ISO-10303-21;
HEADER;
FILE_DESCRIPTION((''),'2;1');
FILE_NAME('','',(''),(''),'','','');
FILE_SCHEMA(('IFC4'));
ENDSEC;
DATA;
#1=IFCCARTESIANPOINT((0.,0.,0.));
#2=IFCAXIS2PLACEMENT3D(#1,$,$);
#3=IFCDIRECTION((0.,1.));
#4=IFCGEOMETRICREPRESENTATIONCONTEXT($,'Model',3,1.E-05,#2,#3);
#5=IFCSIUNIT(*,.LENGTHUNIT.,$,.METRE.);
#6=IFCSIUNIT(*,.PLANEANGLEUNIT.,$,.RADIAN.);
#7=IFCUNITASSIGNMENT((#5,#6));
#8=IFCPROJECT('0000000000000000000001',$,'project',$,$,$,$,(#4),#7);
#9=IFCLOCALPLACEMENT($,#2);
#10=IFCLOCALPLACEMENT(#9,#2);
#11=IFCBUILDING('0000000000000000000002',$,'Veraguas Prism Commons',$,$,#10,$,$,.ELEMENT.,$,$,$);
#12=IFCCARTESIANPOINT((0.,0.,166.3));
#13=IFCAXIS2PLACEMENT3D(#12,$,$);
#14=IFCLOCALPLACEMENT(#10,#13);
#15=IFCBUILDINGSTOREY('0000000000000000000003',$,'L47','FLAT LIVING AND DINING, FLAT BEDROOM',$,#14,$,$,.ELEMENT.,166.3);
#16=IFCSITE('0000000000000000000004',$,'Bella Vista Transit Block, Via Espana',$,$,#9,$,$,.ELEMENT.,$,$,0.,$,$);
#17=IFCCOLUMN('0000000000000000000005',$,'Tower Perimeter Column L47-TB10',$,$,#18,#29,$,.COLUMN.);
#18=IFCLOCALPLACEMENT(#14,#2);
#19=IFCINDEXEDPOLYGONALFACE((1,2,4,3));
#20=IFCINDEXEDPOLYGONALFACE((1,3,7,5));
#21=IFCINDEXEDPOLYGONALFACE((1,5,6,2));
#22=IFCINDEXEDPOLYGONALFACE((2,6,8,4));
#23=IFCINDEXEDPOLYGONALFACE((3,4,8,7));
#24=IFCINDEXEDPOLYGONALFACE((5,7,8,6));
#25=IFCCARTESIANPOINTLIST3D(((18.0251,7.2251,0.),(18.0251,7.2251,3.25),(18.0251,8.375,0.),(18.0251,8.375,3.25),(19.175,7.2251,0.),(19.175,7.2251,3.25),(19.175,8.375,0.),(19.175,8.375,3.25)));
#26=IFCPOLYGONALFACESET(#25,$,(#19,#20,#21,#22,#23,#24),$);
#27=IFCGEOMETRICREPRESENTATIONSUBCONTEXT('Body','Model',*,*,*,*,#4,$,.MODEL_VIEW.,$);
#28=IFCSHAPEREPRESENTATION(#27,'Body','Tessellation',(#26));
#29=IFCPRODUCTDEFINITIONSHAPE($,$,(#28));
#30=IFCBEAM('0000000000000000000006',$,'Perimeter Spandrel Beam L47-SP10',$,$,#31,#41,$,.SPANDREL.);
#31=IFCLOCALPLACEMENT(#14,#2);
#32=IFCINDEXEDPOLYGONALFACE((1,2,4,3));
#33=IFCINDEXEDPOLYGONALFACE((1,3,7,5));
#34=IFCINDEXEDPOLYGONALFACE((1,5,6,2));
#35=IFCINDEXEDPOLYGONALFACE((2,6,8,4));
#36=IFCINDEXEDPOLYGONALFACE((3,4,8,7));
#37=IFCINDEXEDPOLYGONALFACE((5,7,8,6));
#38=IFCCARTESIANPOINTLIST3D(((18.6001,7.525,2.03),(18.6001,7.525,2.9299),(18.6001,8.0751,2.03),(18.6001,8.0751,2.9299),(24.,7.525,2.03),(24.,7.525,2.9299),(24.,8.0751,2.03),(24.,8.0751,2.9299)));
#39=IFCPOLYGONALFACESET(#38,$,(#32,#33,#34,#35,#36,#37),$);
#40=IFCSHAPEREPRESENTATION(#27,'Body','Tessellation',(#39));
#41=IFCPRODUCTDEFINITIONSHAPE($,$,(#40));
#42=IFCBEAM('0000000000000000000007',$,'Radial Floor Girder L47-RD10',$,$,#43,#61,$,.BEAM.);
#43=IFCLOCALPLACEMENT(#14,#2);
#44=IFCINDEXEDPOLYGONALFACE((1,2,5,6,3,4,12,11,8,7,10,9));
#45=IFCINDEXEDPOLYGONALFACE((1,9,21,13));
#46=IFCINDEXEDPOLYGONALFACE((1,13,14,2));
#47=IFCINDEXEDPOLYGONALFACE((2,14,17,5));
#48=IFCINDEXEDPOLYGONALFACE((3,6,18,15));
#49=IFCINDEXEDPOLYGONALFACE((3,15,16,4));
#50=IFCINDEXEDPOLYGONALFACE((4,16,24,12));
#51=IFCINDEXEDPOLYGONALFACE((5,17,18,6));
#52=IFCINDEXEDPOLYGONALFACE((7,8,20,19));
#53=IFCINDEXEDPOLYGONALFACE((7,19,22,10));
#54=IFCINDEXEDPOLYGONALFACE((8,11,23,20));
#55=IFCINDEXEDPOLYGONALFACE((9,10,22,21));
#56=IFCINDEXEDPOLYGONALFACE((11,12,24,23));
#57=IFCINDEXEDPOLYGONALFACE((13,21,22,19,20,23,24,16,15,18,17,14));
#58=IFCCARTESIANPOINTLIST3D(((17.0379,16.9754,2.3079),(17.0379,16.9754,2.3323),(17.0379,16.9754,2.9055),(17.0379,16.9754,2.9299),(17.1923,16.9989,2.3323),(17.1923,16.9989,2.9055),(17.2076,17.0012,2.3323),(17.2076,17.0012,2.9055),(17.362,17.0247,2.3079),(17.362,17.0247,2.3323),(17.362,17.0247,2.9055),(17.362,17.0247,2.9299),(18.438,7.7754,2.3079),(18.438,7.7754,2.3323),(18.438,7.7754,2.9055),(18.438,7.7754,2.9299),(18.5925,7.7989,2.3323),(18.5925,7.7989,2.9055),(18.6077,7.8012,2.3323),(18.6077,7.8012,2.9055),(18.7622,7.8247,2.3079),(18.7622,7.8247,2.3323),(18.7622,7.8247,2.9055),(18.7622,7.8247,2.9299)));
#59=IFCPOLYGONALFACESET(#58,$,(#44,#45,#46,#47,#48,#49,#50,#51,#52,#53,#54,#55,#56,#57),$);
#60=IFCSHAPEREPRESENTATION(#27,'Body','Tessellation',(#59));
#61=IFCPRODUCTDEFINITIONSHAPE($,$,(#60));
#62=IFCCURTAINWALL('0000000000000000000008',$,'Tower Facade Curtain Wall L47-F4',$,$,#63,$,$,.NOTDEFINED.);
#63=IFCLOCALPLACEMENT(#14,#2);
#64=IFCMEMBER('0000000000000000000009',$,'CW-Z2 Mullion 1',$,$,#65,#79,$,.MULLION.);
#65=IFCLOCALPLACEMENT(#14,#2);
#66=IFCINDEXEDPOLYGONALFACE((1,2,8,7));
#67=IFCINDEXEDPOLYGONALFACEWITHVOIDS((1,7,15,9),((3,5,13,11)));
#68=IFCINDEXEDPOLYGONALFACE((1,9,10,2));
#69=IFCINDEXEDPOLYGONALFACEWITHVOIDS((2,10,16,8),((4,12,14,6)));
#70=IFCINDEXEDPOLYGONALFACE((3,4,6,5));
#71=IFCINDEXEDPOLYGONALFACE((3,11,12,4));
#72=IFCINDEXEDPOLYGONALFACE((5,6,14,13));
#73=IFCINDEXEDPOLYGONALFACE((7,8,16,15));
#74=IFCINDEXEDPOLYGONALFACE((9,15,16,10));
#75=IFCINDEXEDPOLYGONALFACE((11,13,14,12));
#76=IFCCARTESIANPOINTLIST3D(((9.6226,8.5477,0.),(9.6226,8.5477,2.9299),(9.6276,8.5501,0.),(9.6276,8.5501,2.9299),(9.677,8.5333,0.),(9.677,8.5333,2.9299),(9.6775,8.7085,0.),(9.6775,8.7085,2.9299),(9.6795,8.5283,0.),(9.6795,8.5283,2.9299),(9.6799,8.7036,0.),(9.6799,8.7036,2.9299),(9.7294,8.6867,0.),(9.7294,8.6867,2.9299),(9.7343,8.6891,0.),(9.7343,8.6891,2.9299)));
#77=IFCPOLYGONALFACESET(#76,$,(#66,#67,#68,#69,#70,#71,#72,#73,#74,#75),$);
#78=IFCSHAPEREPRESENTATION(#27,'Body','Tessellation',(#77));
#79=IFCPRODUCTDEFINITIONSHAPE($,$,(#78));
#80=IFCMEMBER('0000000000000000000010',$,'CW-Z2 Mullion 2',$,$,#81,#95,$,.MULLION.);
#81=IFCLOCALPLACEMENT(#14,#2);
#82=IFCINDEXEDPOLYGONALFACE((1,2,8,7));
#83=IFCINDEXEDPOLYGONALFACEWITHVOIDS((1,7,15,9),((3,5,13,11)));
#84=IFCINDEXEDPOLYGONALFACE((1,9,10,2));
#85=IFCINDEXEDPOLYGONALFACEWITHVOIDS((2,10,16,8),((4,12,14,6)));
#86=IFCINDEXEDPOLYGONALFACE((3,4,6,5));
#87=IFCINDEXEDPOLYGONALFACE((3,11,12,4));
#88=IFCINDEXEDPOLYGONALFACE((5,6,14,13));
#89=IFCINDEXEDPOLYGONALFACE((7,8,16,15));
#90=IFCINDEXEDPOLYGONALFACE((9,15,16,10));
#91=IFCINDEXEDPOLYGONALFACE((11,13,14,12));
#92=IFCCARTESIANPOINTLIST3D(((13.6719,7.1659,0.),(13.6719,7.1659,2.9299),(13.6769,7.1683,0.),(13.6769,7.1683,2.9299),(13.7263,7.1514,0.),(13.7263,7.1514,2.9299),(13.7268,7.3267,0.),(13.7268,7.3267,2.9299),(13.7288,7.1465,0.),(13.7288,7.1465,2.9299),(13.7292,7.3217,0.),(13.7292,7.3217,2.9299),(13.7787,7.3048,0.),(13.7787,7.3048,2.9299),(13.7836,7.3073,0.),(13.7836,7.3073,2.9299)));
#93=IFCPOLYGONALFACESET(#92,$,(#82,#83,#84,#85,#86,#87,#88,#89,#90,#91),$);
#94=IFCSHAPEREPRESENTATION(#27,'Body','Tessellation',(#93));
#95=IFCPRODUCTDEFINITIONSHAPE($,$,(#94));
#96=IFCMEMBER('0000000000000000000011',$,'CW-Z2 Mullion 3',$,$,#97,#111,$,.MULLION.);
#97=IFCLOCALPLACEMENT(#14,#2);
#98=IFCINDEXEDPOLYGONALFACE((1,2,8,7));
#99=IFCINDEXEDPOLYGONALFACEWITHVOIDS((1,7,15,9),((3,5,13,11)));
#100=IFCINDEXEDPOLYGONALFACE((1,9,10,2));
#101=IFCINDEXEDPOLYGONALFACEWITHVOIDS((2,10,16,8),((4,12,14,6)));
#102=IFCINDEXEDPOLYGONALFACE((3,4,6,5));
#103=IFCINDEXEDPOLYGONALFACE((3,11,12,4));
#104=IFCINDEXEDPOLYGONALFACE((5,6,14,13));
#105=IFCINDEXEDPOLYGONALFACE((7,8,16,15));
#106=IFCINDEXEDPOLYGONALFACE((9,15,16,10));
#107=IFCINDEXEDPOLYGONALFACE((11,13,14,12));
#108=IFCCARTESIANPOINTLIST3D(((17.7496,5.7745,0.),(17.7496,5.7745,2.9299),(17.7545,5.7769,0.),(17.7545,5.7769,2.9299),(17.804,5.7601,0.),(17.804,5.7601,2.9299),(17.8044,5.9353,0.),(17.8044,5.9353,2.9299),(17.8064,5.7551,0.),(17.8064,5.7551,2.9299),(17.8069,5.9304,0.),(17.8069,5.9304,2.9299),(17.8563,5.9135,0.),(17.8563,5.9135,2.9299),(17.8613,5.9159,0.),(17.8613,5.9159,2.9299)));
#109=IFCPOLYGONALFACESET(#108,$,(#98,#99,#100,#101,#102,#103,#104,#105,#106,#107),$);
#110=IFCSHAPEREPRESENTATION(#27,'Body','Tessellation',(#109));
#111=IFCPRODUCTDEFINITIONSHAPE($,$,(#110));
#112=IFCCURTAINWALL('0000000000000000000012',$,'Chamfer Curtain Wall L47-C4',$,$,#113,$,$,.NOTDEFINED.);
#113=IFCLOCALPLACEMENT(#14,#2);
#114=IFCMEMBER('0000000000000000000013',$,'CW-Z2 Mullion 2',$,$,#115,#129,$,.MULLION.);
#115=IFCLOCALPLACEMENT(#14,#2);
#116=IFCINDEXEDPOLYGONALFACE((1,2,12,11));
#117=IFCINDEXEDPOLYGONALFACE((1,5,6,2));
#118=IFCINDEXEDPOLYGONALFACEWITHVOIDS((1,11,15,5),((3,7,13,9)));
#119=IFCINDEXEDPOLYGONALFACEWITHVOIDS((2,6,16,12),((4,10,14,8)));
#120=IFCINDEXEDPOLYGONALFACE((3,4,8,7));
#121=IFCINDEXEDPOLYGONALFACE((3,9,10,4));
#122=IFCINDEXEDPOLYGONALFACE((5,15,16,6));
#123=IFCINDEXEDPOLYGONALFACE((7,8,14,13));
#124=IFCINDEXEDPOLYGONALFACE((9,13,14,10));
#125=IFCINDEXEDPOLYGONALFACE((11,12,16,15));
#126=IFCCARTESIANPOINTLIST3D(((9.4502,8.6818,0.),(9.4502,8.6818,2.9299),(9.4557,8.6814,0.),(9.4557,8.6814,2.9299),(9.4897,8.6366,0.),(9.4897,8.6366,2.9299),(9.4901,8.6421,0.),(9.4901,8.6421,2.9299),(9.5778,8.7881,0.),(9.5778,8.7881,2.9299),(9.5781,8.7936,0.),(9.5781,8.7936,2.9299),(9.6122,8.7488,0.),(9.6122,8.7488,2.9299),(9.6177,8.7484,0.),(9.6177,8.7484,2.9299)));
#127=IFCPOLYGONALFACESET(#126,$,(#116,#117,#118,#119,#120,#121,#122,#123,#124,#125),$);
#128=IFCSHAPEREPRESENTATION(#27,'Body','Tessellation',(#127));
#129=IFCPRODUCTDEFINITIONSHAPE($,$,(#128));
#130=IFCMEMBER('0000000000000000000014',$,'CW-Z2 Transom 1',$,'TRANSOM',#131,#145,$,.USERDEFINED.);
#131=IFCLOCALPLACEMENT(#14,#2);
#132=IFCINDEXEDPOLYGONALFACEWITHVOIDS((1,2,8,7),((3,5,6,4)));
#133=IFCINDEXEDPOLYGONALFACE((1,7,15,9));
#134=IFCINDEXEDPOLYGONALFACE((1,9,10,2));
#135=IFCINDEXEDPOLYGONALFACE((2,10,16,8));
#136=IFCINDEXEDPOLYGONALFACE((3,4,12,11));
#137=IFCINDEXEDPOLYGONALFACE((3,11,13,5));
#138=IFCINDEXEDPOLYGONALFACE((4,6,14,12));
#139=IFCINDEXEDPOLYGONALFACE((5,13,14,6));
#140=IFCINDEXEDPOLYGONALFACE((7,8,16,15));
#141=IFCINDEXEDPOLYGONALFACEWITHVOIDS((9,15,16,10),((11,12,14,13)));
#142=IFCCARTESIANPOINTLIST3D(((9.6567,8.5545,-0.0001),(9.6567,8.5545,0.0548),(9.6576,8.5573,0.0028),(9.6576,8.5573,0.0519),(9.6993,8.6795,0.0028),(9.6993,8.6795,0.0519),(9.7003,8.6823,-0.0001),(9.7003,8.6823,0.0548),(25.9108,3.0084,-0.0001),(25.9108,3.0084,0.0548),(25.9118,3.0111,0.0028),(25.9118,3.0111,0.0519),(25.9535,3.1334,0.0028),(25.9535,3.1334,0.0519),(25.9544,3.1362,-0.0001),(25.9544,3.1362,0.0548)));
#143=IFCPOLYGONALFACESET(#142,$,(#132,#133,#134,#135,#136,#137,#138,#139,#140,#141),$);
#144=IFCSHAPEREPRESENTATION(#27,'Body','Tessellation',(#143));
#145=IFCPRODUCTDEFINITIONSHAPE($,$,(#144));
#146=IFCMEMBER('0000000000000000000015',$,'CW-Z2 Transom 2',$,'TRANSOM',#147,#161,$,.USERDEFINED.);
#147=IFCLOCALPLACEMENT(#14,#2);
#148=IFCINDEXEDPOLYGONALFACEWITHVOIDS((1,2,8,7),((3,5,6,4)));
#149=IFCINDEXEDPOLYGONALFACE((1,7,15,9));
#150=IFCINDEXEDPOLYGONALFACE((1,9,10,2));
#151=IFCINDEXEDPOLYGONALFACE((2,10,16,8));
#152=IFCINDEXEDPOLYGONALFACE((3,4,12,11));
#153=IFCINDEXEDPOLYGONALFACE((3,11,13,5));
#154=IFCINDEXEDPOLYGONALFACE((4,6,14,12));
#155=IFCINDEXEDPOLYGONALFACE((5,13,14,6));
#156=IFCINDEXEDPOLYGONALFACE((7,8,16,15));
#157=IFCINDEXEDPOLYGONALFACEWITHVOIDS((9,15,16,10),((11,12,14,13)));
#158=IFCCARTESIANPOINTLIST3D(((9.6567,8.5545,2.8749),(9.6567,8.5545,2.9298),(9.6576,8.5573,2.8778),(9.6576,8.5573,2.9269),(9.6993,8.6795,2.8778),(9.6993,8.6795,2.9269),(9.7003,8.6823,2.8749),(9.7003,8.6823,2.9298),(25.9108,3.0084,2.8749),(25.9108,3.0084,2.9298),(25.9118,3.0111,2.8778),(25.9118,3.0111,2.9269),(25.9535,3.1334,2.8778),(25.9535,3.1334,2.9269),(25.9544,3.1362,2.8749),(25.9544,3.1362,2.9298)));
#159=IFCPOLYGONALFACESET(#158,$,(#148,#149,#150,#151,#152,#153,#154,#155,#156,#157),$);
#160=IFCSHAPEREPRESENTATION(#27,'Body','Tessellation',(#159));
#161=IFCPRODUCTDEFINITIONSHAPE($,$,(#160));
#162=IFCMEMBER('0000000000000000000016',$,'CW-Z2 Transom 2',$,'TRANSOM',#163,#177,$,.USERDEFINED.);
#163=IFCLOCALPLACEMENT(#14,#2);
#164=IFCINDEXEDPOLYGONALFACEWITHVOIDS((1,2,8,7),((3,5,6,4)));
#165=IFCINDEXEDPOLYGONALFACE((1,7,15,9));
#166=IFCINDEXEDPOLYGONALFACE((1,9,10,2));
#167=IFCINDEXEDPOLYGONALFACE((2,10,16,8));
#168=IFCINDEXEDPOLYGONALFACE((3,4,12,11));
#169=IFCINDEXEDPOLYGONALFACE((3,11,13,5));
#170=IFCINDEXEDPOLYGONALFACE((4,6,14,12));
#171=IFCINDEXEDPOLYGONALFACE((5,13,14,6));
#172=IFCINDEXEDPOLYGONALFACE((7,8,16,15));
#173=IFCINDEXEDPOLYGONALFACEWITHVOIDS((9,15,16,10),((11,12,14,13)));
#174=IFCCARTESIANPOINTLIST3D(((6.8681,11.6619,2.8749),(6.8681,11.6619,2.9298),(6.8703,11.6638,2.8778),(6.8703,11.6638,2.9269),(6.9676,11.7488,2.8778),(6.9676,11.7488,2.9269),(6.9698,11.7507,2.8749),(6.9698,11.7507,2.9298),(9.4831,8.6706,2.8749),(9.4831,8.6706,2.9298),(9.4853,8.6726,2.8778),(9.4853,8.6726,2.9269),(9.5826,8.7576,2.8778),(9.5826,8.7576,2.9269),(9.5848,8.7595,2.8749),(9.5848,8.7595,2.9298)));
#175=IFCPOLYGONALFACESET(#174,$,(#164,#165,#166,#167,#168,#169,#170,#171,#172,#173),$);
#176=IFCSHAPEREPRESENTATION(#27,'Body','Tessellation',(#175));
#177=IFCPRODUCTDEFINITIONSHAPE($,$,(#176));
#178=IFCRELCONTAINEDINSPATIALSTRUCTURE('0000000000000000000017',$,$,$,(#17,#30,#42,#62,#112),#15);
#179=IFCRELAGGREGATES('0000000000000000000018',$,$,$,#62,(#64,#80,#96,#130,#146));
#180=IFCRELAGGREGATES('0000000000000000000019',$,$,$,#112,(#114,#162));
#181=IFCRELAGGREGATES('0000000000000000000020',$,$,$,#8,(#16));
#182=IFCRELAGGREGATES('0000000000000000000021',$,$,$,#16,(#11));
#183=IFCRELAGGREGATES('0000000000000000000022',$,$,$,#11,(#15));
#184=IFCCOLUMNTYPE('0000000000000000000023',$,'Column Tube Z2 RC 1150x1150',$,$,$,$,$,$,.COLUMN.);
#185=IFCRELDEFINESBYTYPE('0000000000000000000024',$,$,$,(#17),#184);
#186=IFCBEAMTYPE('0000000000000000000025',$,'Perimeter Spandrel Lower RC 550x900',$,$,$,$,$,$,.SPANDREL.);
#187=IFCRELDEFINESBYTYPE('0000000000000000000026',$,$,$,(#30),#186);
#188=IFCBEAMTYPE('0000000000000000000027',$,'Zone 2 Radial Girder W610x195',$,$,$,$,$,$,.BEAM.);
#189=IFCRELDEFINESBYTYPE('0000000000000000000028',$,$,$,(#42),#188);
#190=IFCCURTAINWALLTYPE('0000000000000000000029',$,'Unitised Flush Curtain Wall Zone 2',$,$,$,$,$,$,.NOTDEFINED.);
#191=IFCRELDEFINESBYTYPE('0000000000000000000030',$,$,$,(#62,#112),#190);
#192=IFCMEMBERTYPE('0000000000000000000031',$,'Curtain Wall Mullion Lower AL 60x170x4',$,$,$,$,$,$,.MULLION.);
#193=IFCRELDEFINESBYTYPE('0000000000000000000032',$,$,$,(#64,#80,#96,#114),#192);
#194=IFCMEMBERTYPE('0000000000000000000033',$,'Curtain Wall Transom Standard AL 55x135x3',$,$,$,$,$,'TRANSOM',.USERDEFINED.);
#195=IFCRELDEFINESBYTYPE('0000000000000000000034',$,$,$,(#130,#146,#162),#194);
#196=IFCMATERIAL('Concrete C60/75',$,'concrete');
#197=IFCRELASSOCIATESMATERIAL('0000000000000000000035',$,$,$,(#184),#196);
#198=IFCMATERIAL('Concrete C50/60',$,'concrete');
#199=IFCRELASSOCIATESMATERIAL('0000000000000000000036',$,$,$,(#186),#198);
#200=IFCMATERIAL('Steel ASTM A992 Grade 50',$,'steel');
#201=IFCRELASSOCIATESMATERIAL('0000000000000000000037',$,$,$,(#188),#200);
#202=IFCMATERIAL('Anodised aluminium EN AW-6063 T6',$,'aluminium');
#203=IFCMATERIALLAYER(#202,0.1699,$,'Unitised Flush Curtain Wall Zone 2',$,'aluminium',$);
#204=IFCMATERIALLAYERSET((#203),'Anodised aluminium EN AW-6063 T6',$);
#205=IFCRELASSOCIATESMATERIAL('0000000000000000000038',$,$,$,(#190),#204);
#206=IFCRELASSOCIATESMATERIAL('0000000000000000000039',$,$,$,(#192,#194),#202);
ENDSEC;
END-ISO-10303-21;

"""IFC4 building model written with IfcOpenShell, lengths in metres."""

from ifc_helpers import new_model, si_unit, direction, frame, origin, origin_2d, place, context, subcontext, project, spatial, rectangle, hollow_rectangle, i_section, extrude, source, transform, mapped, material, layer, layer_set, material_profile, profile_set, type_object, element, aggregate, save


model = new_model("IFC4")

# Units and contexts
model_context = context("Model", 3, precision=1e-05, world=origin(), true_north=direction((0.0, 1.0)))
body_context = subcontext(model_context, "Body", "Model", "MODEL_VIEW")
ifc_project = project(units=[si_unit("LENGTHUNIT", "METRE"), si_unit("PLANEANGLEUNIT", "RADIAN")], contexts=[model_context])

# Site, building, storey
site_placement = place(None, origin())
site = spatial("IfcSite", under=ifc_project, at=site_placement, Name="Bella Vista Transit Block, Via Espana", CompositionType="ELEMENT", RefElevation=0.0)
building_placement = place(site_placement, origin())
building = spatial("IfcBuilding", under=site, at=building_placement, Name="Veraguas Prism Commons", CompositionType="ELEMENT")
storey_placement = place(building_placement, frame((0.0, 0.0, 166.3)))
storey = spatial("IfcBuildingStorey", under=building, at=storey_placement, Name="L47", Description="FLAT LIVING AND DINING, FLAT BEDROOM", CompositionType="ELEMENT", Elevation=166.3)

# Column
ifc_material_1 = material(Name="Concrete C60/75", Category="concrete")
ifc_material_profile_1 = material_profile(ifc_material_1, rectangle(XDim=1.1499, YDim=1.1499, at=origin_2d()), Name="RC1150X1150")
ifc_profile_set_1 = profile_set([ifc_material_profile_1], Name="Concrete C60/75")
column_type = type_object("IfcColumnType", Name="Column Tube Z2 RC 1150x1150", PredefinedType="COLUMN", material=ifc_profile_set_1)
column_placement = place(storey_placement, frame((18.6001, 7.8, 0.0), z_axis=(0.0, 0.0, 1.0), x_axis=(1.0, 0.0, 0.0)))
element("IfcColumn", 1, at=column_placement, inside=storey, type_object=column_type, Name="Tower Perimeter Column L47-TB10", PredefinedType="COLUMN", context=body_context, shape_type="SweptSolid", body=[
    extrude(rectangle(XDim=1.1499, YDim=1.1499, at=origin_2d()), origin(), (0.0, 0.0, 1.0), 3.25),
])

# Beams
ifc_material_2 = material(Name="Concrete C50/60", Category="concrete")
ifc_material_profile_2 = material_profile(ifc_material_2, rectangle(XDim=0.55, YDim=0.8999, at=origin_2d()), Name="RC550X900")
ifc_profile_set_2 = profile_set([ifc_material_profile_2], Name="Concrete C50/60")
beam_type_1 = type_object("IfcBeamType", Name="Perimeter Spandrel Lower RC 550x900", PredefinedType="SPANDREL", material=ifc_profile_set_2)
beam_1_placement = place(storey_placement, frame((18.6001, 7.8, 2.48), z_axis=(1.0, 0.0, 0.0), x_axis=(0.0, 1.0, 0.0)))
element("IfcBeam", 2, at=beam_1_placement, inside=storey, type_object=beam_type_1, Name="Perimeter Spandrel Beam L47-SP10", PredefinedType="SPANDREL", context=body_context, shape_type="SweptSolid", body=[
    extrude(rectangle(XDim=0.55, YDim=0.8999, at=origin_2d()), origin(), (0.0, 0.0, 1.0), 5.3999),
])
ifc_material_3 = material(Name="Steel ASTM A992 Grade 50", Category="steel")
ifc_material_profile_3 = material_profile(ifc_material_3, i_section(OverallWidth=0.3279, OverallDepth=0.6221, WebThickness=0.0154, FlangeThickness=0.0244, at=origin_2d()), Name="W610X195")
ifc_profile_set_3 = profile_set([ifc_material_profile_3], Name="Steel ASTM A992 Grade 50")
beam_type_2 = type_object("IfcBeamType", Name="Zone 2 Radial Girder W610x195", PredefinedType="BEAM", material=ifc_profile_set_3)
beam_2_placement = place(storey_placement, frame((18.6001, 7.8, 2.6189), z_axis=(-0.150458, 0.988616, 0.0), x_axis=(-0.988616, -0.150458, 0.0)))
element("IfcBeam", 3, at=beam_2_placement, inside=storey, type_object=beam_type_2, Name="Radial Floor Girder L47-RD10", PredefinedType="BEAM", context=body_context, shape_type="SweptSolid", body=[
    extrude(i_section(OverallWidth=0.3279, OverallDepth=0.6221, WebThickness=0.0154, FlangeThickness=0.0244, at=origin_2d()), origin(), (0.0, 0.0, 1.0), 9.3059),
])

# Curtain wall, members
ifc_material_4 = material(Name="Anodised aluminium EN AW-6063 T6", Category="aluminium")
ifc_layer_1 = layer(ifc_material_4, 0.1699, Name="Unitised Flush Curtain Wall Zone 2", Category="aluminium")
ifc_layer_set_1 = layer_set([ifc_layer_1], Name="Anodised aluminium EN AW-6063 T6")
curtain_wall_type = type_object("IfcCurtainWallType", Name="Unitised Flush Curtain Wall Zone 2", PredefinedType="NOTDEFINED", material=ifc_layer_set_1)
curtain_wall_1_placement = place(storey_placement, origin())
curtain_wall_1 = element("IfcCurtainWall", 4, at=curtain_wall_1_placement, inside=storey, type_object=curtain_wall_type, Name="Tower Facade Curtain Wall L47-F4", PredefinedType="NOTDEFINED")
ifc_material_profile_4 = material_profile(ifc_material_4, hollow_rectangle(XDim=0.0601, YDim=0.1699, WallThickness=0.0039, at=origin_2d()), Name="AL60X170X4")
ifc_profile_set_4 = profile_set([ifc_material_profile_4], Name="Anodised aluminium EN AW-6063 T6")
member_type_1 = type_object("IfcMemberType", Name="Curtain Wall Mullion Lower AL 60x170x4", PredefinedType="MULLION", material=ifc_profile_set_4)
shared_shape_1 = source(origin(), body_context, "Body", "SweptSolid", [
    extrude(hollow_rectangle(XDim=0.0601, YDim=0.1699, WallThickness=0.0039, at=origin_2d()), origin(), (0.0, 0.0, 1.0), 2.9299),
])
member_1_placement = place(storey_placement, frame((9.6785, 8.6184, 0.0), z_axis=(0.0, 0.0, 1.0), x_axis=(0.946425, -0.322925, 0.0)))
member_1 = element("IfcMember", 5, at=member_1_placement, type_object=member_type_1, Name="CW-Z2 Mullion 1", PredefinedType="MULLION", context=body_context, shape_type="MappedRepresentation", body=[
    mapped(shared_shape_1, transform((0.0, 0.0, 0.0), scale=1.0)),
])
member_2_placement = place(storey_placement, frame((13.7278, 7.2366, 0.0), z_axis=(0.0, 0.0, 1.0), x_axis=(0.946425, -0.322925, 0.0)))
member_2 = element("IfcMember", 6, at=member_2_placement, type_object=member_type_1, Name="CW-Z2 Mullion 2", PredefinedType="MULLION", context=body_context, shape_type="MappedRepresentation", body=[
    mapped(shared_shape_1, transform((0.0, 0.0, 0.0), scale=1.0)),
])
member_3_placement = place(storey_placement, frame((17.8054, 5.8452, 0.0), z_axis=(0.0, 0.0, 1.0), x_axis=(0.946425, -0.322925, 0.0)))
member_3 = element("IfcMember", 7, at=member_3_placement, type_object=member_type_1, Name="CW-Z2 Mullion 3", PredefinedType="MULLION", context=body_context, shape_type="MappedRepresentation", body=[
    mapped(shared_shape_1, transform((0.0, 0.0, 0.0), scale=1.0)),
])

# Curtain wall, member
curtain_wall_2_placement = place(storey_placement, origin())
curtain_wall_2 = element("IfcCurtainWall", 8, at=curtain_wall_2_placement, inside=storey, type_object=curtain_wall_type, Name="Chamfer Curtain Wall L47-C4", PredefinedType="NOTDEFINED")
member_4_placement = place(storey_placement, frame((9.5339, 8.7151, 0.0), z_axis=(0.0, 0.0, 1.0), x_axis=(0.658186, -0.752855, 0.0)))
member_4 = element("IfcMember", 9, at=member_4_placement, type_object=member_type_1, Name="CW-Z2 Mullion 2", PredefinedType="MULLION", context=body_context, shape_type="MappedRepresentation", body=[
    mapped(shared_shape_1, transform((0.0, 0.0, 0.0), scale=1.0)),
])

# Members
ifc_material_profile_5 = material_profile(ifc_material_4, hollow_rectangle(XDim=0.0549, YDim=0.135, WallThickness=0.0029, at=origin_2d()), Name="AL55X135X3")
ifc_profile_set_5 = profile_set([ifc_material_profile_5], Name="Anodised aluminium EN AW-6063 T6")
member_type_2 = type_object("IfcMemberType", Name="Curtain Wall Transom Standard AL 55x135x3", ElementType="TRANSOM", PredefinedType="USERDEFINED", material=ifc_profile_set_5)
shared_shape_2 = source(origin(), body_context, "Body", "SweptSolid", [
    extrude(hollow_rectangle(XDim=0.0549, YDim=0.135, WallThickness=0.0029, at=origin_2d()), origin(), (0.0, 0.0, 1.0), 17.1743),
])
member_5_placement = place(storey_placement, frame((9.6785, 8.6184, 0.0273), z_axis=(0.946422, -0.322932, 0.0), x_axis=(0.0, 0.0, 1.0)))
member_5 = element("IfcMember", 10, at=member_5_placement, type_object=member_type_2, Name="CW-Z2 Transom 1", ObjectType="TRANSOM", PredefinedType="USERDEFINED", context=body_context, shape_type="MappedRepresentation", body=[
    mapped(shared_shape_2, transform((0.0, 0.0, 0.0), scale=1.0)),
])
member_6_placement = place(storey_placement, frame((9.6785, 8.6184, 2.9023), z_axis=(0.946422, -0.322932, 0.0), x_axis=(0.0, 0.0, 1.0)))
member_6 = element("IfcMember", 11, at=member_6_placement, type_object=member_type_2, Name="CW-Z2 Transom 2", ObjectType="TRANSOM", PredefinedType="USERDEFINED", context=body_context, shape_type="MappedRepresentation", body=[
    mapped(shared_shape_2, transform((0.0, 0.0, 0.0), scale=1.0)),
])
shared_shape_3 = source(origin(), body_context, "Body", "SweptSolid", [
    extrude(hollow_rectangle(XDim=0.0549, YDim=0.135, WallThickness=0.0029, at=origin_2d()), origin(), (0.0, 0.0, 1.0), 3.9731),
])
member_7_placement = place(storey_placement, frame((6.9189, 11.7063, 2.9023), z_axis=(0.658174, -0.752866, 0.0), x_axis=(0.0, 0.0, 1.0)))
member_7 = element("IfcMember", 12, at=member_7_placement, type_object=member_type_2, Name="CW-Z2 Transom 2", ObjectType="TRANSOM", PredefinedType="USERDEFINED", context=body_context, shape_type="MappedRepresentation", body=[
    mapped(shared_shape_3, transform((0.0, 0.0, 0.0), scale=1.0)),
])

aggregate(curtain_wall_1, [member_1, member_2, member_3, member_5, member_6])
aggregate(curtain_wall_2, [member_4, member_7])

save(model, "model.ifc")
